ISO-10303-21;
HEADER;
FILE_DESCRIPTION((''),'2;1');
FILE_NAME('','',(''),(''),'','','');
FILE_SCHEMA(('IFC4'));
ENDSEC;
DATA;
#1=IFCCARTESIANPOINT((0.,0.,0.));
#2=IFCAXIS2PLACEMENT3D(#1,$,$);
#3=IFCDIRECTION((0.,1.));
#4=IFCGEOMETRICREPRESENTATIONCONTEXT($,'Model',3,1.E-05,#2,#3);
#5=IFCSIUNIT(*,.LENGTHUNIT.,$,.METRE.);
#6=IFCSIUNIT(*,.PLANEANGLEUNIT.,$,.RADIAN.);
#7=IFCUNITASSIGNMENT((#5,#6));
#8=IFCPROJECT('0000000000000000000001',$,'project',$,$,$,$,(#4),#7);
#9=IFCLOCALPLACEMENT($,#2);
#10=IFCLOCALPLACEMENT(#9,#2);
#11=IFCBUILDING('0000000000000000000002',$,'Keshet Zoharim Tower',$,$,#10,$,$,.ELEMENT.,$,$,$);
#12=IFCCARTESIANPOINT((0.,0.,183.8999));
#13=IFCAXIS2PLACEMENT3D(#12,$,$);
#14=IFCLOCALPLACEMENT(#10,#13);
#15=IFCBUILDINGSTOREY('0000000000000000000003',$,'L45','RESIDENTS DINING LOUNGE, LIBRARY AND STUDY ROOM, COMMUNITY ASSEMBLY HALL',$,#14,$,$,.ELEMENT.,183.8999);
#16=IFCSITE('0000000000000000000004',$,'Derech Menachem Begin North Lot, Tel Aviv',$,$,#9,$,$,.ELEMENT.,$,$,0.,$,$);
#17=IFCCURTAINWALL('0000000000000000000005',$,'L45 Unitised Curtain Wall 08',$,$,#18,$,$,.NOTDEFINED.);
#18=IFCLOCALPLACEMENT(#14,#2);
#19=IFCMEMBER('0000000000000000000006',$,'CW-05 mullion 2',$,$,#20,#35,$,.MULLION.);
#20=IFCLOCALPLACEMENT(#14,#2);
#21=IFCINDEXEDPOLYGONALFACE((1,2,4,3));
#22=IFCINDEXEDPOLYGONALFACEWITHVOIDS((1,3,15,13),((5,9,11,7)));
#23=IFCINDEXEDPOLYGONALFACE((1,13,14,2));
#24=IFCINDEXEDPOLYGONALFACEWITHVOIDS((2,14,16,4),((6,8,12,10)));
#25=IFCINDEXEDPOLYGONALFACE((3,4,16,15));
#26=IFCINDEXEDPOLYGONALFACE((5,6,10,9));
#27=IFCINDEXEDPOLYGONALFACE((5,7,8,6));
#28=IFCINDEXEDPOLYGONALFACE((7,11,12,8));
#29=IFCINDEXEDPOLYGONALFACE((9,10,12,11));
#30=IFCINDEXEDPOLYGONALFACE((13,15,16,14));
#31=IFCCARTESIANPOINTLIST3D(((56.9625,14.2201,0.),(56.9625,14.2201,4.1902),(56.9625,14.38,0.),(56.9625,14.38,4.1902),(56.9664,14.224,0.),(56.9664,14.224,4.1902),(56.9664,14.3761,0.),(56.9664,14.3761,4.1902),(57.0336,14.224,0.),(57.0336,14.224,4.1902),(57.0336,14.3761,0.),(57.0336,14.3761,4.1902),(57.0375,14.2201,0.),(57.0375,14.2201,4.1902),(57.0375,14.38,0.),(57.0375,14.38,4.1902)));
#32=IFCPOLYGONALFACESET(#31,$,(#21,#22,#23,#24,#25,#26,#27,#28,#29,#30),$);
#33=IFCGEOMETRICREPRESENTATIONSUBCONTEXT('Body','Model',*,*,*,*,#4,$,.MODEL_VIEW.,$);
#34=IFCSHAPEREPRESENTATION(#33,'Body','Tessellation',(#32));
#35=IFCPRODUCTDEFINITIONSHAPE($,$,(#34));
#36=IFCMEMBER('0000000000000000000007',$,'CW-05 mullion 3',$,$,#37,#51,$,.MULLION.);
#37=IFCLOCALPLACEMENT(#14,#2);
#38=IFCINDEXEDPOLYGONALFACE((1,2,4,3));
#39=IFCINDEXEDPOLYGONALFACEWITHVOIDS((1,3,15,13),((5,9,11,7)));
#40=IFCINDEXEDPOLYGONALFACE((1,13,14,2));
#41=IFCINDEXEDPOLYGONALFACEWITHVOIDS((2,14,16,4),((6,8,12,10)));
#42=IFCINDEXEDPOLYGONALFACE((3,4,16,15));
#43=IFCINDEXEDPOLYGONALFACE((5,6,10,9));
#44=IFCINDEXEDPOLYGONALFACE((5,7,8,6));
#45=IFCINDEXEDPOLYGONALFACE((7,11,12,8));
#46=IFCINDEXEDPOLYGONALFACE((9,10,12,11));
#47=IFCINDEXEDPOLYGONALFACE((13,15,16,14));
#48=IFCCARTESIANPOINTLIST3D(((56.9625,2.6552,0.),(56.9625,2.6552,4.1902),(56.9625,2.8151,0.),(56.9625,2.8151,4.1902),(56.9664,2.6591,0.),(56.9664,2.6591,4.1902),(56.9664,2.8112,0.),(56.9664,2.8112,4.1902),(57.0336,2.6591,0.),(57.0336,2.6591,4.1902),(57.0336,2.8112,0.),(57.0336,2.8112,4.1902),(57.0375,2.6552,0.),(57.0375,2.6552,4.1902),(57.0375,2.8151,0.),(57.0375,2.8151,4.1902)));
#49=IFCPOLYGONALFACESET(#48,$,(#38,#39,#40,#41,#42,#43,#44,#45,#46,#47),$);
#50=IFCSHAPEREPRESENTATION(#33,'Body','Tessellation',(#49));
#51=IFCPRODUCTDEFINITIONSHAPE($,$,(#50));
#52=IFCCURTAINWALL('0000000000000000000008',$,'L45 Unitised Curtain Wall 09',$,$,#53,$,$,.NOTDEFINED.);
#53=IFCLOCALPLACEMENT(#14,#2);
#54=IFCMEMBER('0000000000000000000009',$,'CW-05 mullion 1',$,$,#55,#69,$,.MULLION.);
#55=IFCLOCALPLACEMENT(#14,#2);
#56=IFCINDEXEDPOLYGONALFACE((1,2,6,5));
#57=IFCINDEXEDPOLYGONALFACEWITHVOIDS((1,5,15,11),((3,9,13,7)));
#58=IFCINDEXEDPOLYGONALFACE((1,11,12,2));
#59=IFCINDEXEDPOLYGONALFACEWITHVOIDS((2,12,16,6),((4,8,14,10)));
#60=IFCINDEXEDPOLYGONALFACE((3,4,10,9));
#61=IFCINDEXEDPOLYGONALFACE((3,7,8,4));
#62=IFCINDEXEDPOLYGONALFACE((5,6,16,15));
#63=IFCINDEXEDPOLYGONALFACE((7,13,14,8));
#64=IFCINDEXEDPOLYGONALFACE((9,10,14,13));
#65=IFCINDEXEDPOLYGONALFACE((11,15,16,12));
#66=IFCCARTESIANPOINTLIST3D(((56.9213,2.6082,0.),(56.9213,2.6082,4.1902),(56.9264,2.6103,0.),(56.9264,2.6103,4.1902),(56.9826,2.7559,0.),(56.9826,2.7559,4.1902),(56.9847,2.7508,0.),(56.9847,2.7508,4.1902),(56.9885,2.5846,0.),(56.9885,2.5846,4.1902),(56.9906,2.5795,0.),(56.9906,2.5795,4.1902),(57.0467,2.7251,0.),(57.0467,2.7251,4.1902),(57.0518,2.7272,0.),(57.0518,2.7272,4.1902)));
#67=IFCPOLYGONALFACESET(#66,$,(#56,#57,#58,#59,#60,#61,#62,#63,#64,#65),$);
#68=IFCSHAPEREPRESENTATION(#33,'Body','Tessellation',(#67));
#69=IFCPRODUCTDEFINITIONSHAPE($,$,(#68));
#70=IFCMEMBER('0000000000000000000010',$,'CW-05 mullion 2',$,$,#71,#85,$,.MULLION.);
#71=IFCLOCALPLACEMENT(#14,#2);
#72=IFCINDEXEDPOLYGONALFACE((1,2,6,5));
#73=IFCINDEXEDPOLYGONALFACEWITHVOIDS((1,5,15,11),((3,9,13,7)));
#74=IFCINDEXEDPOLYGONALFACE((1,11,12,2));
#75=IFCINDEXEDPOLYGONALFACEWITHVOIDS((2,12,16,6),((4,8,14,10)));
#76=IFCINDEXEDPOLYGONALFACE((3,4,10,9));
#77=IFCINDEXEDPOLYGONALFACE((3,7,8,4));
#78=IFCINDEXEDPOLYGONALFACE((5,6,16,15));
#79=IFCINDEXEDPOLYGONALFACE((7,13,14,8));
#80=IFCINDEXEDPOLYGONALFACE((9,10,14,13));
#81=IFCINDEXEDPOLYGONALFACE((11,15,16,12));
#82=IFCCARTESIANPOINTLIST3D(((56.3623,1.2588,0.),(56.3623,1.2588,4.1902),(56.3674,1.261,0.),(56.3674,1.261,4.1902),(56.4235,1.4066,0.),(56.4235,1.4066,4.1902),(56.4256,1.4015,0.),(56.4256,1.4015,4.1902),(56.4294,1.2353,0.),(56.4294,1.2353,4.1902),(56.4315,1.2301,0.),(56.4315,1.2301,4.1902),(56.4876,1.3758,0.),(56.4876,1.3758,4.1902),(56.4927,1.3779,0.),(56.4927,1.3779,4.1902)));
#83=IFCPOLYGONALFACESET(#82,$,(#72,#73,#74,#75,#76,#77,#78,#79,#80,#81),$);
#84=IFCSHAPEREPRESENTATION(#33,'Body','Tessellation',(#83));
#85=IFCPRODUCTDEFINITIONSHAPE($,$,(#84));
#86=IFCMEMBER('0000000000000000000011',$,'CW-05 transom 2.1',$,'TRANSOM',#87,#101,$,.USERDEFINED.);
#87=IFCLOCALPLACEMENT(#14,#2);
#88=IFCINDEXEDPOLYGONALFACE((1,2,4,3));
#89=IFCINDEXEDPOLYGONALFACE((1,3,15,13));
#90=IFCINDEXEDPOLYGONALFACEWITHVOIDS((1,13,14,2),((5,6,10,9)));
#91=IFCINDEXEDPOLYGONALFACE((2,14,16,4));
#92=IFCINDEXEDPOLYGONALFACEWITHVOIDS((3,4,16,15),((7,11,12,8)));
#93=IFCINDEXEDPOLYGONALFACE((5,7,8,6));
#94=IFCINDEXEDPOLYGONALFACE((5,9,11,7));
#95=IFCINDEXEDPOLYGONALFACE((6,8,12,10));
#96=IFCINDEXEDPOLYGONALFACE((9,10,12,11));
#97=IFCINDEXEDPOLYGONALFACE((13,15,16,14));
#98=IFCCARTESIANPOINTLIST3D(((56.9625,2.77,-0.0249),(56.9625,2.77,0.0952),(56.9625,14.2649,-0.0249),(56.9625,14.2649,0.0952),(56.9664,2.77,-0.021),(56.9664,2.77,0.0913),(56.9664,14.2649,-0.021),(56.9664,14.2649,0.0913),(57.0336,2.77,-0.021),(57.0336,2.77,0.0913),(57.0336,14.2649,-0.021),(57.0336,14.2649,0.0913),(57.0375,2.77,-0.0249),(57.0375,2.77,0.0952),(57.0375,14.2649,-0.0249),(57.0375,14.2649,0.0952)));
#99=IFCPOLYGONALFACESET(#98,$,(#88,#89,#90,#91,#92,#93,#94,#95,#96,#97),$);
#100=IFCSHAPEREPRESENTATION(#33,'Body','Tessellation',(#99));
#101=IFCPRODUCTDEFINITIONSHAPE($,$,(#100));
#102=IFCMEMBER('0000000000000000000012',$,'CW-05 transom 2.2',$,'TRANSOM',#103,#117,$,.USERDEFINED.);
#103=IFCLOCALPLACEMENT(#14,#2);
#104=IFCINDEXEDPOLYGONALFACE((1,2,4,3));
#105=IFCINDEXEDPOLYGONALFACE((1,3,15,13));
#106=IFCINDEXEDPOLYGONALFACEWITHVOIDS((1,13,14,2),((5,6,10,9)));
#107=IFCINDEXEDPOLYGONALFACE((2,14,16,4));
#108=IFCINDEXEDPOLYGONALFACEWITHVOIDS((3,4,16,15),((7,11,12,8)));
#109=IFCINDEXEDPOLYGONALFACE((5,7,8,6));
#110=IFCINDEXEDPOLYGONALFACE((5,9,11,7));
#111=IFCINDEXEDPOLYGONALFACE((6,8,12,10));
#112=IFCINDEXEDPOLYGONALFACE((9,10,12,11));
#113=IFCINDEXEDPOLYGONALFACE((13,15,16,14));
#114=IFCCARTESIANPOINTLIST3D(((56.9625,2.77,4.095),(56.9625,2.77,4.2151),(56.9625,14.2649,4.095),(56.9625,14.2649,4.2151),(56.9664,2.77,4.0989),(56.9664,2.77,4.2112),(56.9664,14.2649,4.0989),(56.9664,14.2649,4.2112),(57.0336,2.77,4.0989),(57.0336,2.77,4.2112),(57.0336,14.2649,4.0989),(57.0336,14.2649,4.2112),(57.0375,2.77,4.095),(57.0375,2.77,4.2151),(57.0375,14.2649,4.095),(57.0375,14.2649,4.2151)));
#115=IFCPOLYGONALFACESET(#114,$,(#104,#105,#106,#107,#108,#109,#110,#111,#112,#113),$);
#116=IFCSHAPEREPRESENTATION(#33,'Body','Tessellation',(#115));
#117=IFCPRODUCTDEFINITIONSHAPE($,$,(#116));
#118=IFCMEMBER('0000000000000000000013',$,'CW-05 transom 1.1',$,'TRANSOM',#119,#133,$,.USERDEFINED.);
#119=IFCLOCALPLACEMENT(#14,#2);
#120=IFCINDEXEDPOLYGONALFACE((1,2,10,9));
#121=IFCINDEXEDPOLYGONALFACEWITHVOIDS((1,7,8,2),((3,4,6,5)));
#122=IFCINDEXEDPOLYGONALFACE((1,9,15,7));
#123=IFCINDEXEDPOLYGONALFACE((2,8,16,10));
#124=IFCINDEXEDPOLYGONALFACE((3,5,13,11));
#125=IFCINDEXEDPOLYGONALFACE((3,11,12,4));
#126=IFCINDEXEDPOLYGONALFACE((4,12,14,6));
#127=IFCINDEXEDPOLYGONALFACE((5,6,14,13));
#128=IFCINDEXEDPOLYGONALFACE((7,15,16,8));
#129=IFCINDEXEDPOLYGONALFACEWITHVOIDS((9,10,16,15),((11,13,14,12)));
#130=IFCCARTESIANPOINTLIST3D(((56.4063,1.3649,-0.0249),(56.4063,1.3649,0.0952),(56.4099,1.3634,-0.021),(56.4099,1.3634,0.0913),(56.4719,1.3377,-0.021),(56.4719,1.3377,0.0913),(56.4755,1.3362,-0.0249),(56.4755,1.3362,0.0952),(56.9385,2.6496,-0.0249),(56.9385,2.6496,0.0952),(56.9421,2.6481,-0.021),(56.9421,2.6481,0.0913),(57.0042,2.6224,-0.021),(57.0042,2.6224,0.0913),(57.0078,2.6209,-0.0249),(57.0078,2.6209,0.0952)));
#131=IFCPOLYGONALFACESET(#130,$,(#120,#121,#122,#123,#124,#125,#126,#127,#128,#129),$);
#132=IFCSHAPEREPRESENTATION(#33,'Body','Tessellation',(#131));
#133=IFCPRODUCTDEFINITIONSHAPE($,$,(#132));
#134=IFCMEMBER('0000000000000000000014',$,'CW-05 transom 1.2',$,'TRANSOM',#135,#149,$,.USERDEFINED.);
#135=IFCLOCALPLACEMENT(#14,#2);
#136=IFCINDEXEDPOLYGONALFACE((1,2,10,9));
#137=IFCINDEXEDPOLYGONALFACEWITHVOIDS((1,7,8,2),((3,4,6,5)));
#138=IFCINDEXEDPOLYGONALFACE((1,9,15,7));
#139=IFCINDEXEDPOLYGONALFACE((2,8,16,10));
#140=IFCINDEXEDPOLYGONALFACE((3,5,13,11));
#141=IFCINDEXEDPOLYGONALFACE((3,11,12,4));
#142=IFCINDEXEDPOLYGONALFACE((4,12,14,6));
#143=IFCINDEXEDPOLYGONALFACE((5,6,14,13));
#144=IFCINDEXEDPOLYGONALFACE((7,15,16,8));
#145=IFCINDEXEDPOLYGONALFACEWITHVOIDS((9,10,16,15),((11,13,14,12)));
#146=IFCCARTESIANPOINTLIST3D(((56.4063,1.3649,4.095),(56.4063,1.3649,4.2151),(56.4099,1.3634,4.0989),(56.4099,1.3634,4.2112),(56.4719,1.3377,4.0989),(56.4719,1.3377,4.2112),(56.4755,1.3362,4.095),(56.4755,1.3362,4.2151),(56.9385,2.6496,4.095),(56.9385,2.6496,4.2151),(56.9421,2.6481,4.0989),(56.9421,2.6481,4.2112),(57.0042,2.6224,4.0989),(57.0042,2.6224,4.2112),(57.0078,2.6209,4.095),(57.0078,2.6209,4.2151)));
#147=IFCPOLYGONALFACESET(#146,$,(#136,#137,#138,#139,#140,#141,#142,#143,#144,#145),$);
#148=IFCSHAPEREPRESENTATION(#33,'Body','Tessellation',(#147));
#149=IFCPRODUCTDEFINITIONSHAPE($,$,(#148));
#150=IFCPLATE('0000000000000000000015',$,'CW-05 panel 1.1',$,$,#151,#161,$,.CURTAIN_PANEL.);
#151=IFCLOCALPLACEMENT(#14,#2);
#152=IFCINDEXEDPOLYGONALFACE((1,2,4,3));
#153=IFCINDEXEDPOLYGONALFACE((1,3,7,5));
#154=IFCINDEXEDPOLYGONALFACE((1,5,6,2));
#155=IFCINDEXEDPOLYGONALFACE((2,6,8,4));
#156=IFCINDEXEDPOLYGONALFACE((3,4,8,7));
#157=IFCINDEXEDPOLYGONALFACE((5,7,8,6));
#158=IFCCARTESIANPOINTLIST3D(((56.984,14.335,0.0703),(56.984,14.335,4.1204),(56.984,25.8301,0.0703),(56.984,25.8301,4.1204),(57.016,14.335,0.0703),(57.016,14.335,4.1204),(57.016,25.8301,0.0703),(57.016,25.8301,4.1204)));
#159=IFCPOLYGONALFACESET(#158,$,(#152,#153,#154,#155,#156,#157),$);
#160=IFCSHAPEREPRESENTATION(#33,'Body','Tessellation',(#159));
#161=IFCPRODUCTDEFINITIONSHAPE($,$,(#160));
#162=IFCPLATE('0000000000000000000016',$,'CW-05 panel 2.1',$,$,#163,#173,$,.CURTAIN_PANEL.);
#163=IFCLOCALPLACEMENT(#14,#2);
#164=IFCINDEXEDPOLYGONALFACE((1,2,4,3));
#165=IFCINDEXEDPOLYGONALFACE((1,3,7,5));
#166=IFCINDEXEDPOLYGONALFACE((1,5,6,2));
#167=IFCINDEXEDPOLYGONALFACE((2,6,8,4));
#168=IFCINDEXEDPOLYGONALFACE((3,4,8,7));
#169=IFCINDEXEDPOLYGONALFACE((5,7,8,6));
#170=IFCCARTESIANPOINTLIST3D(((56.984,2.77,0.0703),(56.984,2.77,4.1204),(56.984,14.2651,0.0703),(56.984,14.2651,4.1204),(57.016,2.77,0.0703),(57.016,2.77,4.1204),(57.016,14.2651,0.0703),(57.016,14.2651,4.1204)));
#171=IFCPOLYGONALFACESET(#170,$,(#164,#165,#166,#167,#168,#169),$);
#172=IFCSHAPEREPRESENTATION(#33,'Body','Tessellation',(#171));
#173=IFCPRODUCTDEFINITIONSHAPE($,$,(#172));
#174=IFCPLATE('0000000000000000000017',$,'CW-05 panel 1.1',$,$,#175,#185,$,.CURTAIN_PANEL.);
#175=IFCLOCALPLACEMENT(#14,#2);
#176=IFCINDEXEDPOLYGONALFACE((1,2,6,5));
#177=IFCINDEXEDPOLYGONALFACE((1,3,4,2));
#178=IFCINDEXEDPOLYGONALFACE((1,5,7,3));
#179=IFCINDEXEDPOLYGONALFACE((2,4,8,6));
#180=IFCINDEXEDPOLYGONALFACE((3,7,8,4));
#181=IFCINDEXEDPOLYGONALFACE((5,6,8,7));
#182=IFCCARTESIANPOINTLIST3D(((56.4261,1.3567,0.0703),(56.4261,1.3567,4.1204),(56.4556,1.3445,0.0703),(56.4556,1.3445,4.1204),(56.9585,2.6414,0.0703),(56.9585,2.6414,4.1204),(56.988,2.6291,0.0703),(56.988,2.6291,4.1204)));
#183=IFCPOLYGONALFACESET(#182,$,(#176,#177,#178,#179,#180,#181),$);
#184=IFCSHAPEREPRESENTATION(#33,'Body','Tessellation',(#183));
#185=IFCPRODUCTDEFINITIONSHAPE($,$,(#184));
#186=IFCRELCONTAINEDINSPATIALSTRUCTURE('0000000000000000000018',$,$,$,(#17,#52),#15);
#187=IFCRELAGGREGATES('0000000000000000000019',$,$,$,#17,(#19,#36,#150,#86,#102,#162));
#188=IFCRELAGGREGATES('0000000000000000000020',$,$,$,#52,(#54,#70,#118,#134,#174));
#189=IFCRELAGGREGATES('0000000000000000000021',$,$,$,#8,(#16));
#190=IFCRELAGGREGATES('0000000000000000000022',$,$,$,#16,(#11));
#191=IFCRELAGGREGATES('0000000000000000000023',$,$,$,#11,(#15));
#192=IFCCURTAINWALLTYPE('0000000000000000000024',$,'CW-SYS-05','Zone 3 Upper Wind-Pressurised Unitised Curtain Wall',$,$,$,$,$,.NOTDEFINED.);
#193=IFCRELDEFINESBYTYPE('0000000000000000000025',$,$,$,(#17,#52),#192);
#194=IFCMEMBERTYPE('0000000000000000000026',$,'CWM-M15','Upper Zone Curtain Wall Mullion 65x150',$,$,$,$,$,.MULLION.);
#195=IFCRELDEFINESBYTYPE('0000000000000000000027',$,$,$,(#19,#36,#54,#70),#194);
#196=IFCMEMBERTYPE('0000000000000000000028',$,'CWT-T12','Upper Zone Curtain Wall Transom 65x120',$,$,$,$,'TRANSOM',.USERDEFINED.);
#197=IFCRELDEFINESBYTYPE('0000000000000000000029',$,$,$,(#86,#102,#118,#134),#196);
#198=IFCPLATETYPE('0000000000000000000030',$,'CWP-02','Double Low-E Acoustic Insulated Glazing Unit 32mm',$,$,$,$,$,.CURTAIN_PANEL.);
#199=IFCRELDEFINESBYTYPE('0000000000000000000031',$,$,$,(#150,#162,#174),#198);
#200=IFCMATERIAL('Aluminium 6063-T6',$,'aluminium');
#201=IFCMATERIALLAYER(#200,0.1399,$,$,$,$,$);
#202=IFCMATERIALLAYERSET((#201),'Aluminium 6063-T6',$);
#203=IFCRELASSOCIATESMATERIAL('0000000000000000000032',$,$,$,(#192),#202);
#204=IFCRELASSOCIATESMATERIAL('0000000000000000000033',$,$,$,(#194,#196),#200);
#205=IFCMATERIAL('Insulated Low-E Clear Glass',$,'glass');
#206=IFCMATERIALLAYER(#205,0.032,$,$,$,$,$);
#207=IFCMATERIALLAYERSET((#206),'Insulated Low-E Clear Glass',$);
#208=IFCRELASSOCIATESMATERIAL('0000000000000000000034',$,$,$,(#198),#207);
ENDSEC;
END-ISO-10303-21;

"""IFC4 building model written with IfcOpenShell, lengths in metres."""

from ifc_helpers import new_model, si_unit, direction, frame, origin, origin_2d, place, context, subcontext, project, spatial, rectangle, hollow_rectangle, extrude, material, layer, layer_set, material_profile, profile_set, type_object, element, aggregate, save


model = new_model("IFC4")

# Units and contexts
model_context = context("Model", 3, precision=1e-05, world=origin(), true_north=direction((0.0, 1.0)))
body_context = subcontext(model_context, "Body", "Model", "MODEL_VIEW")
ifc_project = project(units=[si_unit("LENGTHUNIT", "METRE"), si_unit("PLANEANGLEUNIT", "RADIAN")], contexts=[model_context])

# Site, building, storey
site_placement = place(None, origin())
site = spatial("IfcSite", under=ifc_project, at=site_placement, Name="Derech Menachem Begin North Lot, Tel Aviv", CompositionType="ELEMENT", RefElevation=0.0)
building_placement = place(site_placement, origin())
building = spatial("IfcBuilding", under=site, at=building_placement, Name="Keshet Zoharim Tower", CompositionType="ELEMENT")
storey_placement = place(building_placement, frame((0.0, 0.0, 183.8999)))
storey = spatial("IfcBuildingStorey", under=building, at=storey_placement, Name="L45", Description="RESIDENTS DINING LOUNGE, LIBRARY AND STUDY ROOM, COMMUNITY ASSEMBLY HALL", CompositionType="ELEMENT", Elevation=183.8999)

# Curtain walls, members
ifc_material_1 = material(Name="Aluminium 6063-T6", Category="aluminium")
ifc_layer_1 = layer(ifc_material_1, 0.1399)
ifc_layer_set_1 = layer_set([ifc_layer_1], Name="Aluminium 6063-T6")
curtain_wall_type = type_object("IfcCurtainWallType", Name="CW-SYS-05", Description="Zone 3 Upper Wind-Pressurised Unitised Curtain Wall", PredefinedType="NOTDEFINED", material=ifc_layer_set_1)
curtain_wall_1_placement = place(storey_placement, origin())
curtain_wall_1 = element("IfcCurtainWall", 1, at=curtain_wall_1_placement, inside=storey, type_object=curtain_wall_type, Name="L45 Unitised Curtain Wall 08", PredefinedType="NOTDEFINED")
ifc_material_profile_1 = material_profile(ifc_material_1, hollow_rectangle(XDim=0.075, YDim=0.1599, WallThickness=0.0039, at=origin_2d()), Name="MUL-75x160")
ifc_profile_set_1 = profile_set([ifc_material_profile_1], Name="Aluminium 6063-T6")
member_type_1 = type_object("IfcMemberType", Name="CWM-M15", Description="Upper Zone Curtain Wall Mullion 65x150", PredefinedType="MULLION", material=ifc_profile_set_1)
member_1_placement = place(storey_placement, frame((57.0, 14.3, 0.0), z_axis=(0.0, 0.0, 1.0), x_axis=(1.0, 0.0, 0.0)))
member_1 = element("IfcMember", 2, at=member_1_placement, type_object=member_type_1, Name="CW-05 mullion 2", PredefinedType="MULLION", context=body_context, shape_type="SweptSolid", body=[
    extrude(hollow_rectangle(XDim=0.075, YDim=0.1599, WallThickness=0.0039, at=origin_2d()), origin(), (0.0, 0.0, 1.0), 4.1902),
])
member_2_placement = place(storey_placement, frame((57.0, 2.7351, 0.0), z_axis=(0.0, 0.0, 1.0), x_axis=(1.0, 0.0, 0.0)))
member_2 = element("IfcMember", 3, at=member_2_placement, type_object=member_type_1, Name="CW-05 mullion 3", PredefinedType="MULLION", context=body_context, shape_type="SweptSolid", body=[
    extrude(hollow_rectangle(XDim=0.075, YDim=0.1599, WallThickness=0.0039, at=origin_2d()), origin(), (0.0, 0.0, 1.0), 4.1902),
])
curtain_wall_2_placement = place(storey_placement, origin())
curtain_wall_2 = element("IfcCurtainWall", 4, at=curtain_wall_2_placement, inside=storey, type_object=curtain_wall_type, Name="L45 Unitised Curtain Wall 09", PredefinedType="NOTDEFINED")
member_3_placement = place(storey_placement, frame((56.9866, 2.6677, 0.0), z_axis=(0.0, 0.0, 1.0), x_axis=(0.92381, -0.382852, 0.0)))
member_3 = element("IfcMember", 5, at=member_3_placement, type_object=member_type_1, Name="CW-05 mullion 1", PredefinedType="MULLION", context=body_context, shape_type="SweptSolid", body=[
    extrude(hollow_rectangle(XDim=0.075, YDim=0.1599, WallThickness=0.0039, at=origin_2d()), origin(), (0.0, 0.0, 1.0), 4.1902),
])
member_4_placement = place(storey_placement, frame((56.4275, 1.3184, 0.0), z_axis=(0.0, 0.0, 1.0), x_axis=(0.92381, -0.382852, 0.0)))
member_4 = element("IfcMember", 6, at=member_4_placement, type_object=member_type_1, Name="CW-05 mullion 2", PredefinedType="MULLION", context=body_context, shape_type="SweptSolid", body=[
    extrude(hollow_rectangle(XDim=0.075, YDim=0.1599, WallThickness=0.0039, at=origin_2d()), origin(), (0.0, 0.0, 1.0), 4.1902),
])

# Members
ifc_material_profile_2 = material_profile(ifc_material_1, hollow_rectangle(XDim=0.075, YDim=0.1201, WallThickness=0.0039, at=origin_2d()), Name="TRN-75x120")
ifc_profile_set_2 = profile_set([ifc_material_profile_2], Name="Aluminium 6063-T6")
member_type_2 = type_object("IfcMemberType", Name="CWT-T12", Description="Upper Zone Curtain Wall Transom 65x120", ElementType="TRANSOM", PredefinedType="USERDEFINED", material=ifc_profile_set_2)
member_5_placement = place(storey_placement, frame((57.0, 14.2649, 0.0352), z_axis=(0.0, -1.0, 0.0), x_axis=(1.0, 0.0, 0.0)))
member_5 = element("IfcMember", 7, at=member_5_placement, type_object=member_type_2, Name="CW-05 transom 2.1", ObjectType="TRANSOM", PredefinedType="USERDEFINED", context=body_context, shape_type="SweptSolid", body=[
    extrude(hollow_rectangle(XDim=0.075, YDim=0.1201, WallThickness=0.0039, at=origin_2d()), origin(), (0.0, 0.0, 1.0), 11.4949),
])
member_6_placement = place(storey_placement, frame((57.0, 14.2649, 4.155), z_axis=(0.0, -1.0, 0.0), x_axis=(1.0, 0.0, 0.0)))
member_6 = element("IfcMember", 8, at=member_6_placement, type_object=member_type_2, Name="CW-05 transom 2.2", ObjectType="TRANSOM", PredefinedType="USERDEFINED", context=body_context, shape_type="SweptSolid", body=[
    extrude(hollow_rectangle(XDim=0.075, YDim=0.1201, WallThickness=0.0039, at=origin_2d()), origin(), (0.0, 0.0, 1.0), 11.4949),
])
member_7_placement = place(storey_placement, frame((56.9731, 2.6353, 0.0352), z_axis=(-0.382745, -0.923854, 0.0), x_axis=(0.923854, -0.382745, 0.0)))
member_7 = element("IfcMember", 9, at=member_7_placement, type_object=member_type_2, Name="CW-05 transom 1.1", ObjectType="TRANSOM", PredefinedType="USERDEFINED", context=body_context, shape_type="SweptSolid", body=[
    extrude(hollow_rectangle(XDim=0.075, YDim=0.1201, WallThickness=0.0039, at=origin_2d()), origin(), (0.0, 0.0, 1.0), 1.3906),
])
member_8_placement = place(storey_placement, frame((56.9731, 2.6353, 4.155), z_axis=(-0.382745, -0.923854, 0.0), x_axis=(0.923854, -0.382745, 0.0)))
member_8 = element("IfcMember", 10, at=member_8_placement, type_object=member_type_2, Name="CW-05 transom 1.2", ObjectType="TRANSOM", PredefinedType="USERDEFINED", context=body_context, shape_type="SweptSolid", body=[
    extrude(hollow_rectangle(XDim=0.075, YDim=0.1201, WallThickness=0.0039, at=origin_2d()), origin(), (0.0, 0.0, 1.0), 1.3906),
])

# Plates
ifc_material_2 = material(Name="Insulated Low-E Clear Glass", Category="glass")
ifc_layer_2 = layer(ifc_material_2, 0.032)
ifc_layer_set_2 = layer_set([ifc_layer_2], Name="Insulated Low-E Clear Glass")
plate_type = type_object("IfcPlateType", Name="CWP-02", Description="Double Low-E Acoustic Insulated Glazing Unit 32mm", PredefinedType="CURTAIN_PANEL", material=ifc_layer_set_2)
plate_1_placement = place(storey_placement, frame((57.0, 20.0825, 0.0703), z_axis=(0.0, 0.0, 1.0), x_axis=(0.0, -1.0, 0.0)))
plate_1 = element("IfcPlate", 11, at=plate_1_placement, type_object=plate_type, Name="CW-05 panel 1.1", PredefinedType="CURTAIN_PANEL", context=body_context, shape_type="SweptSolid", body=[
    extrude(rectangle(XDim=11.4951, YDim=0.032, at=origin_2d()), origin(), (0.0, 0.0, 1.0), 4.05),
])
plate_2_placement = place(storey_placement, frame((57.0, 8.5176, 0.0703), z_axis=(0.0, 0.0, 1.0), x_axis=(0.0, -1.0, 0.0)))
plate_2 = element("IfcPlate", 12, at=plate_2_placement, type_object=plate_type, Name="CW-05 panel 2.1", PredefinedType="CURTAIN_PANEL", context=body_context, shape_type="SweptSolid", body=[
    extrude(rectangle(XDim=11.4951, YDim=0.032, at=origin_2d()), origin(), (0.0, 0.0, 1.0), 4.05),
])
aggregate(curtain_wall_1, [member_1, member_2, plate_1, member_5, member_6, plate_2])
plate_3_placement = place(storey_placement, frame((56.707, 1.9929, 0.0703), z_axis=(0.0, 0.0, 1.0), x_axis=(-0.382852, -0.92381, 0.0)))
plate_3 = element("IfcPlate", 13, at=plate_3_placement, type_object=plate_type, Name="CW-05 panel 1.1", PredefinedType="CURTAIN_PANEL", context=body_context, shape_type="SweptSolid", body=[
    extrude(rectangle(XDim=1.3906, YDim=0.032, at=origin_2d()), origin(), (0.0, 0.0, 1.0), 4.05),
])
aggregate(curtain_wall_2, [member_3, member_4, member_7, member_8, plate_3])

save(model, "model.ifc")
